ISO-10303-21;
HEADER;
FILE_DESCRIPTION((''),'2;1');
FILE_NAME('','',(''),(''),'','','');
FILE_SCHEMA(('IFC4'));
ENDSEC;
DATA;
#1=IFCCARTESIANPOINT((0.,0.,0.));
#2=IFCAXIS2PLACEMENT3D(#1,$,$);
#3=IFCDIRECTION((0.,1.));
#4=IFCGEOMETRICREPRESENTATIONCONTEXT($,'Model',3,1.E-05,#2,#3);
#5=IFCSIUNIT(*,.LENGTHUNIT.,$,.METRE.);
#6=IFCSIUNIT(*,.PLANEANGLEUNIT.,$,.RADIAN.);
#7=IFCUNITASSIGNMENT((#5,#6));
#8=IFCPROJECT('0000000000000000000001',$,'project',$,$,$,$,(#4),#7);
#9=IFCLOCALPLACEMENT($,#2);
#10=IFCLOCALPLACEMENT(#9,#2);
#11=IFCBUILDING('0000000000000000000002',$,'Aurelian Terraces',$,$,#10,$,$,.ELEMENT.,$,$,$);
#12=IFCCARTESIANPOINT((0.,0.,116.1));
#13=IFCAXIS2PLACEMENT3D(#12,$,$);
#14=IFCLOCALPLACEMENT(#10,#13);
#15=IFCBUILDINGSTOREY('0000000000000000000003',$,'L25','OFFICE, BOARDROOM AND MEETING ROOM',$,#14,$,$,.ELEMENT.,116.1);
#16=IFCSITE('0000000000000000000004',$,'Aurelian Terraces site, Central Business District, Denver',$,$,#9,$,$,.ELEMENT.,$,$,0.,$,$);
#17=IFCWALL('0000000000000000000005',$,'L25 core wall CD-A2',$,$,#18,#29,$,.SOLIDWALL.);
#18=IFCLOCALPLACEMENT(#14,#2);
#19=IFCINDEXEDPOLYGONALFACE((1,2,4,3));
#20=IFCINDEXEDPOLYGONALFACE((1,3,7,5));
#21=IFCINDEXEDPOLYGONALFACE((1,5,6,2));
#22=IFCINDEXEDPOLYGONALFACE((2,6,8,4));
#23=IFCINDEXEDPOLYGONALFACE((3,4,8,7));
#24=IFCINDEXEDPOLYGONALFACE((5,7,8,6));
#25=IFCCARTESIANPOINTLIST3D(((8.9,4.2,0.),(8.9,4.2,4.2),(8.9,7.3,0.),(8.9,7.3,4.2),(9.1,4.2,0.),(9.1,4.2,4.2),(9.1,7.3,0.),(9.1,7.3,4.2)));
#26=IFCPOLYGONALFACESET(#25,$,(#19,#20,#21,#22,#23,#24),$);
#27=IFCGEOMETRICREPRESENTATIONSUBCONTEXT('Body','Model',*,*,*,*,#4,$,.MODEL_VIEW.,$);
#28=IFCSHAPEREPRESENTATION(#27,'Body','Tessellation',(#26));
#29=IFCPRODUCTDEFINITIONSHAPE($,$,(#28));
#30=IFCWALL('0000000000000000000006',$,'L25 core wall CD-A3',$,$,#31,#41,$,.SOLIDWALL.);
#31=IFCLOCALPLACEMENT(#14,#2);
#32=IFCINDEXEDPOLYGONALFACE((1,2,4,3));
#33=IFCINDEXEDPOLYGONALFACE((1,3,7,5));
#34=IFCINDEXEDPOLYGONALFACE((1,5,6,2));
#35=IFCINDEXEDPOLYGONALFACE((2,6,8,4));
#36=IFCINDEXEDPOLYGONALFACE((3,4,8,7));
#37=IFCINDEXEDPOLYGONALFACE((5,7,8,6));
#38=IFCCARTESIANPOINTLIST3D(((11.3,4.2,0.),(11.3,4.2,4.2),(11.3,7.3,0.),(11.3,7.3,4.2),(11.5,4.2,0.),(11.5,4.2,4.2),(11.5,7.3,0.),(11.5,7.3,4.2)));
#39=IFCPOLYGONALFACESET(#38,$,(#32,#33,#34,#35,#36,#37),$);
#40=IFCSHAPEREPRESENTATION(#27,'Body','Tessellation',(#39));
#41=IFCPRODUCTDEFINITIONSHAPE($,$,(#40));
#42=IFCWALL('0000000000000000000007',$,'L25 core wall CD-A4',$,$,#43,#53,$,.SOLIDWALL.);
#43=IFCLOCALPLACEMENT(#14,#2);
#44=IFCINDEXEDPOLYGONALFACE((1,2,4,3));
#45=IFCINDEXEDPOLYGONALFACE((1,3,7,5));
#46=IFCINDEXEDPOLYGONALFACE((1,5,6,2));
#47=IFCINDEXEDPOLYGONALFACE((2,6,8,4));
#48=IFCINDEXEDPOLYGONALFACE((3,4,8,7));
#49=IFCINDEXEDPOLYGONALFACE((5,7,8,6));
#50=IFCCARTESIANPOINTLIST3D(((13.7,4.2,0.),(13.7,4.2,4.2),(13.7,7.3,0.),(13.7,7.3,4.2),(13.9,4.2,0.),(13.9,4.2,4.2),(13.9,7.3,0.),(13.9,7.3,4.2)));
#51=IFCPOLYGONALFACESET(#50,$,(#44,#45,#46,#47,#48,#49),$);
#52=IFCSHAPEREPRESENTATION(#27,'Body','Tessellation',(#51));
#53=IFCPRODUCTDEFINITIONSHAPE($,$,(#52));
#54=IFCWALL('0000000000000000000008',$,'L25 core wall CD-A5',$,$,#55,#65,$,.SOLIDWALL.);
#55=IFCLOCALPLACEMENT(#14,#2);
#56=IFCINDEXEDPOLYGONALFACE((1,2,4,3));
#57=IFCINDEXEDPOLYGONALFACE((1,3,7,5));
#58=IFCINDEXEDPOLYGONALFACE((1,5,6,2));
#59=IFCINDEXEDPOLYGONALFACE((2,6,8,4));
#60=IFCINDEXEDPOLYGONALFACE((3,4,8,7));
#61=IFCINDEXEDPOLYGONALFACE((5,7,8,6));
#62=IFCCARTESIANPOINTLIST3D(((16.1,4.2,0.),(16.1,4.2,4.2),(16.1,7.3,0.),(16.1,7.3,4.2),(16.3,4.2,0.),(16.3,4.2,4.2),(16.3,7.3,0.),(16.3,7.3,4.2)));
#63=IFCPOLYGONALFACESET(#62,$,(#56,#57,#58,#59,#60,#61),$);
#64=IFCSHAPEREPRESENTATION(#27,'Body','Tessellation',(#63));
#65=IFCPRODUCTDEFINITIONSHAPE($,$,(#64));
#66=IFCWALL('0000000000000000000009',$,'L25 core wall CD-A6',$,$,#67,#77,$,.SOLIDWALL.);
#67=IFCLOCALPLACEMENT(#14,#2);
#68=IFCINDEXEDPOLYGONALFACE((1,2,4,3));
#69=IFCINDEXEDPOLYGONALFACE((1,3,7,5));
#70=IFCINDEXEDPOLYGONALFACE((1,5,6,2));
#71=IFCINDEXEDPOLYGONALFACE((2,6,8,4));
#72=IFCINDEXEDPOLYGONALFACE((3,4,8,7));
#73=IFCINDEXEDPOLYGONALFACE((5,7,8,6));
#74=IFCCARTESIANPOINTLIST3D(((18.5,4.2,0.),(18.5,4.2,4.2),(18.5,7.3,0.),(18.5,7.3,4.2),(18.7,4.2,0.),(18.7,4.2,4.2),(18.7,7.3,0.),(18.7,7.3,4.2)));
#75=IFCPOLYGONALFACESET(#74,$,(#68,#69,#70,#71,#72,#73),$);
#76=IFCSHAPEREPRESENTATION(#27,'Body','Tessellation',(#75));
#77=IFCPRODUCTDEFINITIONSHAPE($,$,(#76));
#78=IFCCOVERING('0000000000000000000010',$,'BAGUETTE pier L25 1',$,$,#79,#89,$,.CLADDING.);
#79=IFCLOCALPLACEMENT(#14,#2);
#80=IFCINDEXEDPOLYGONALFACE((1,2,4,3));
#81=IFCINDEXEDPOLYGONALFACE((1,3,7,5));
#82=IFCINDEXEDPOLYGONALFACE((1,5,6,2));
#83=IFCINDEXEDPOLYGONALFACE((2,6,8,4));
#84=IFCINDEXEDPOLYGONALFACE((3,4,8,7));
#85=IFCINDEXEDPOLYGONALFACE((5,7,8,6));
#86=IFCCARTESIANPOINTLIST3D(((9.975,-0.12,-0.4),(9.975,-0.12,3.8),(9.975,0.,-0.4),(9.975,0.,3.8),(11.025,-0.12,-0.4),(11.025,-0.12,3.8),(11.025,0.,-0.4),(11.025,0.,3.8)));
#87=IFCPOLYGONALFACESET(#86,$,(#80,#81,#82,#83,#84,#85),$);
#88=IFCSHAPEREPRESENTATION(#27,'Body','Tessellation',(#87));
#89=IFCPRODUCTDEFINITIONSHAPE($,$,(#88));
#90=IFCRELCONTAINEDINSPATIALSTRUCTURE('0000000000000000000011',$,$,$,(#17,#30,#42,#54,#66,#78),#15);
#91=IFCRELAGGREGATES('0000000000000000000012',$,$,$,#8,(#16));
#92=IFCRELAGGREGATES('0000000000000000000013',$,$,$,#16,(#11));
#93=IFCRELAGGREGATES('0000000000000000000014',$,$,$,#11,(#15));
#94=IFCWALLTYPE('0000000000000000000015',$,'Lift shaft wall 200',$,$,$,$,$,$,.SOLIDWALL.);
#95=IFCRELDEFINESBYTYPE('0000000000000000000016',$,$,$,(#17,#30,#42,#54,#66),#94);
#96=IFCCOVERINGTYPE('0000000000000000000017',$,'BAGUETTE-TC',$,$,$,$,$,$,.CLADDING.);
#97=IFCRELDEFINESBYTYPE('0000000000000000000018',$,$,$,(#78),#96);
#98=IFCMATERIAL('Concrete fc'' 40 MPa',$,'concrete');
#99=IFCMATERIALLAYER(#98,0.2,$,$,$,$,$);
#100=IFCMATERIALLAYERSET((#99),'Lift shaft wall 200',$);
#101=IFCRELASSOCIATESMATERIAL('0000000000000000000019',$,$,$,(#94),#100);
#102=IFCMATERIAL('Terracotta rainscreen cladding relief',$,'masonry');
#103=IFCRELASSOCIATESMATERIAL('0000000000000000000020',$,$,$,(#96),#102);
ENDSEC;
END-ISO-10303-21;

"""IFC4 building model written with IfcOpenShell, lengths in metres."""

from ifc_helpers import new_model, si_unit, direction, frame, frame_2d, origin, origin_2d, place, context, subcontext, project, spatial, rectangle, extrude, source, transform, mapped, material, layer, layer_set, type_object, element, save


model = new_model("IFC4")

# Units and contexts
model_context = context("Model", 3, precision=1e-05, world=origin(), true_north=direction((0.0, 1.0)))
body_context = subcontext(model_context, "Body", "Model", "MODEL_VIEW")
ifc_project = project(units=[si_unit("LENGTHUNIT", "METRE"), si_unit("PLANEANGLEUNIT", "RADIAN")], contexts=[model_context])

# Site, building, storey
site_placement = place(None, origin())
site = spatial("IfcSite", under=ifc_project, at=site_placement, Name="Aurelian Terraces site, Central Business District, Denver", CompositionType="ELEMENT", RefElevation=0.0)
building_placement = place(site_placement, origin())
building = spatial("IfcBuilding", under=site, at=building_placement, Name="Aurelian Terraces", CompositionType="ELEMENT")
storey_placement = place(building_placement, frame((0.0, 0.0, 116.1)))
storey = spatial("IfcBuildingStorey", under=building, at=storey_placement, Name="L25", Description="OFFICE, BOARDROOM AND MEETING ROOM", CompositionType="ELEMENT", Elevation=116.1)

# Shared definitions
ifc_material_1 = material(Name="Concrete fc' 40 MPa", Category="concrete")

# Walls
ifc_layer_1 = layer(ifc_material_1, 0.2)
ifc_layer_set_1 = layer_set([ifc_layer_1], Name="Lift shaft wall 200")
wall_type_1 = type_object("IfcWallType", Name="Lift shaft wall 200", PredefinedType="SOLIDWALL", material=ifc_layer_set_1)
shared_shape_1 = source(origin(), body_context, "Body", "SweptSolid", [
    extrude(rectangle(XDim=3.1, YDim=0.2, at=frame_2d((1.55, 0.0))), origin(), (0.0, 0.0, 1.0), 4.2),
])
for number, where, z_axis, x_axis, name in (
    (1, (9.0, 4.2, 0.0), (0.0, 0.0, 1.0), (0.0, 1.0, 0.0), "L25 core wall CD-A2"),
    (2, (11.4, 4.2, 0.0), (0.0, 0.0, 1.0), (0.0, 1.0, 0.0), "L25 core wall CD-A3"),
    (3, (13.8, 4.2, 0.0), (0.0, 0.0, 1.0), (0.0, 1.0, 0.0), "L25 core wall CD-A4"),
    (4, (16.2, 4.2, 0.0), (0.0, 0.0, 1.0), (0.0, 1.0, 0.0), "L25 core wall CD-A5"),
    (5, (18.6, 4.2, 0.0), (0.0, 0.0, 1.0), (0.0, 1.0, 0.0), "L25 core wall CD-A6"),
):
    element("IfcWall", number, at=place(storey_placement, frame(where, z_axis=z_axis, x_axis=x_axis)), inside=storey, type_object=wall_type_1, Name=name, PredefinedType="SOLIDWALL", context=body_context, shape_type="MappedRepresentation", body=[
        mapped(shared_shape_1, transform((0.0, 0.0, 0.0), scale=1.0)),
    ])

# Covering
ifc_material_2 = material(Name="Terracotta rainscreen cladding relief", Category="masonry")
covering_type = type_object("IfcCoveringType", Name="BAGUETTE-TC", PredefinedType="CLADDING", material=ifc_material_2)
shared_shape_2 = source(origin(), body_context, "Body", "SweptSolid", [
    extrude(rectangle(XDim=1.05, YDim=0.12, at=origin_2d()), origin(), (0.0, 0.0, 1.0), 4.2),
])
covering_placement = place(storey_placement, frame((10.5, -0.06, -0.4), z_axis=(0.0, 0.0, 1.0), x_axis=(1.0, 0.0, 0.0)))
element("IfcCovering", 6, at=covering_placement, inside=storey, type_object=covering_type, Name="BAGUETTE pier L25 1", PredefinedType="CLADDING", context=body_context, shape_type="MappedRepresentation", body=[
    mapped(shared_shape_2, transform((0.0, 0.0, 0.0), scale=1.0)),
])

save(model, "model.ifc")
